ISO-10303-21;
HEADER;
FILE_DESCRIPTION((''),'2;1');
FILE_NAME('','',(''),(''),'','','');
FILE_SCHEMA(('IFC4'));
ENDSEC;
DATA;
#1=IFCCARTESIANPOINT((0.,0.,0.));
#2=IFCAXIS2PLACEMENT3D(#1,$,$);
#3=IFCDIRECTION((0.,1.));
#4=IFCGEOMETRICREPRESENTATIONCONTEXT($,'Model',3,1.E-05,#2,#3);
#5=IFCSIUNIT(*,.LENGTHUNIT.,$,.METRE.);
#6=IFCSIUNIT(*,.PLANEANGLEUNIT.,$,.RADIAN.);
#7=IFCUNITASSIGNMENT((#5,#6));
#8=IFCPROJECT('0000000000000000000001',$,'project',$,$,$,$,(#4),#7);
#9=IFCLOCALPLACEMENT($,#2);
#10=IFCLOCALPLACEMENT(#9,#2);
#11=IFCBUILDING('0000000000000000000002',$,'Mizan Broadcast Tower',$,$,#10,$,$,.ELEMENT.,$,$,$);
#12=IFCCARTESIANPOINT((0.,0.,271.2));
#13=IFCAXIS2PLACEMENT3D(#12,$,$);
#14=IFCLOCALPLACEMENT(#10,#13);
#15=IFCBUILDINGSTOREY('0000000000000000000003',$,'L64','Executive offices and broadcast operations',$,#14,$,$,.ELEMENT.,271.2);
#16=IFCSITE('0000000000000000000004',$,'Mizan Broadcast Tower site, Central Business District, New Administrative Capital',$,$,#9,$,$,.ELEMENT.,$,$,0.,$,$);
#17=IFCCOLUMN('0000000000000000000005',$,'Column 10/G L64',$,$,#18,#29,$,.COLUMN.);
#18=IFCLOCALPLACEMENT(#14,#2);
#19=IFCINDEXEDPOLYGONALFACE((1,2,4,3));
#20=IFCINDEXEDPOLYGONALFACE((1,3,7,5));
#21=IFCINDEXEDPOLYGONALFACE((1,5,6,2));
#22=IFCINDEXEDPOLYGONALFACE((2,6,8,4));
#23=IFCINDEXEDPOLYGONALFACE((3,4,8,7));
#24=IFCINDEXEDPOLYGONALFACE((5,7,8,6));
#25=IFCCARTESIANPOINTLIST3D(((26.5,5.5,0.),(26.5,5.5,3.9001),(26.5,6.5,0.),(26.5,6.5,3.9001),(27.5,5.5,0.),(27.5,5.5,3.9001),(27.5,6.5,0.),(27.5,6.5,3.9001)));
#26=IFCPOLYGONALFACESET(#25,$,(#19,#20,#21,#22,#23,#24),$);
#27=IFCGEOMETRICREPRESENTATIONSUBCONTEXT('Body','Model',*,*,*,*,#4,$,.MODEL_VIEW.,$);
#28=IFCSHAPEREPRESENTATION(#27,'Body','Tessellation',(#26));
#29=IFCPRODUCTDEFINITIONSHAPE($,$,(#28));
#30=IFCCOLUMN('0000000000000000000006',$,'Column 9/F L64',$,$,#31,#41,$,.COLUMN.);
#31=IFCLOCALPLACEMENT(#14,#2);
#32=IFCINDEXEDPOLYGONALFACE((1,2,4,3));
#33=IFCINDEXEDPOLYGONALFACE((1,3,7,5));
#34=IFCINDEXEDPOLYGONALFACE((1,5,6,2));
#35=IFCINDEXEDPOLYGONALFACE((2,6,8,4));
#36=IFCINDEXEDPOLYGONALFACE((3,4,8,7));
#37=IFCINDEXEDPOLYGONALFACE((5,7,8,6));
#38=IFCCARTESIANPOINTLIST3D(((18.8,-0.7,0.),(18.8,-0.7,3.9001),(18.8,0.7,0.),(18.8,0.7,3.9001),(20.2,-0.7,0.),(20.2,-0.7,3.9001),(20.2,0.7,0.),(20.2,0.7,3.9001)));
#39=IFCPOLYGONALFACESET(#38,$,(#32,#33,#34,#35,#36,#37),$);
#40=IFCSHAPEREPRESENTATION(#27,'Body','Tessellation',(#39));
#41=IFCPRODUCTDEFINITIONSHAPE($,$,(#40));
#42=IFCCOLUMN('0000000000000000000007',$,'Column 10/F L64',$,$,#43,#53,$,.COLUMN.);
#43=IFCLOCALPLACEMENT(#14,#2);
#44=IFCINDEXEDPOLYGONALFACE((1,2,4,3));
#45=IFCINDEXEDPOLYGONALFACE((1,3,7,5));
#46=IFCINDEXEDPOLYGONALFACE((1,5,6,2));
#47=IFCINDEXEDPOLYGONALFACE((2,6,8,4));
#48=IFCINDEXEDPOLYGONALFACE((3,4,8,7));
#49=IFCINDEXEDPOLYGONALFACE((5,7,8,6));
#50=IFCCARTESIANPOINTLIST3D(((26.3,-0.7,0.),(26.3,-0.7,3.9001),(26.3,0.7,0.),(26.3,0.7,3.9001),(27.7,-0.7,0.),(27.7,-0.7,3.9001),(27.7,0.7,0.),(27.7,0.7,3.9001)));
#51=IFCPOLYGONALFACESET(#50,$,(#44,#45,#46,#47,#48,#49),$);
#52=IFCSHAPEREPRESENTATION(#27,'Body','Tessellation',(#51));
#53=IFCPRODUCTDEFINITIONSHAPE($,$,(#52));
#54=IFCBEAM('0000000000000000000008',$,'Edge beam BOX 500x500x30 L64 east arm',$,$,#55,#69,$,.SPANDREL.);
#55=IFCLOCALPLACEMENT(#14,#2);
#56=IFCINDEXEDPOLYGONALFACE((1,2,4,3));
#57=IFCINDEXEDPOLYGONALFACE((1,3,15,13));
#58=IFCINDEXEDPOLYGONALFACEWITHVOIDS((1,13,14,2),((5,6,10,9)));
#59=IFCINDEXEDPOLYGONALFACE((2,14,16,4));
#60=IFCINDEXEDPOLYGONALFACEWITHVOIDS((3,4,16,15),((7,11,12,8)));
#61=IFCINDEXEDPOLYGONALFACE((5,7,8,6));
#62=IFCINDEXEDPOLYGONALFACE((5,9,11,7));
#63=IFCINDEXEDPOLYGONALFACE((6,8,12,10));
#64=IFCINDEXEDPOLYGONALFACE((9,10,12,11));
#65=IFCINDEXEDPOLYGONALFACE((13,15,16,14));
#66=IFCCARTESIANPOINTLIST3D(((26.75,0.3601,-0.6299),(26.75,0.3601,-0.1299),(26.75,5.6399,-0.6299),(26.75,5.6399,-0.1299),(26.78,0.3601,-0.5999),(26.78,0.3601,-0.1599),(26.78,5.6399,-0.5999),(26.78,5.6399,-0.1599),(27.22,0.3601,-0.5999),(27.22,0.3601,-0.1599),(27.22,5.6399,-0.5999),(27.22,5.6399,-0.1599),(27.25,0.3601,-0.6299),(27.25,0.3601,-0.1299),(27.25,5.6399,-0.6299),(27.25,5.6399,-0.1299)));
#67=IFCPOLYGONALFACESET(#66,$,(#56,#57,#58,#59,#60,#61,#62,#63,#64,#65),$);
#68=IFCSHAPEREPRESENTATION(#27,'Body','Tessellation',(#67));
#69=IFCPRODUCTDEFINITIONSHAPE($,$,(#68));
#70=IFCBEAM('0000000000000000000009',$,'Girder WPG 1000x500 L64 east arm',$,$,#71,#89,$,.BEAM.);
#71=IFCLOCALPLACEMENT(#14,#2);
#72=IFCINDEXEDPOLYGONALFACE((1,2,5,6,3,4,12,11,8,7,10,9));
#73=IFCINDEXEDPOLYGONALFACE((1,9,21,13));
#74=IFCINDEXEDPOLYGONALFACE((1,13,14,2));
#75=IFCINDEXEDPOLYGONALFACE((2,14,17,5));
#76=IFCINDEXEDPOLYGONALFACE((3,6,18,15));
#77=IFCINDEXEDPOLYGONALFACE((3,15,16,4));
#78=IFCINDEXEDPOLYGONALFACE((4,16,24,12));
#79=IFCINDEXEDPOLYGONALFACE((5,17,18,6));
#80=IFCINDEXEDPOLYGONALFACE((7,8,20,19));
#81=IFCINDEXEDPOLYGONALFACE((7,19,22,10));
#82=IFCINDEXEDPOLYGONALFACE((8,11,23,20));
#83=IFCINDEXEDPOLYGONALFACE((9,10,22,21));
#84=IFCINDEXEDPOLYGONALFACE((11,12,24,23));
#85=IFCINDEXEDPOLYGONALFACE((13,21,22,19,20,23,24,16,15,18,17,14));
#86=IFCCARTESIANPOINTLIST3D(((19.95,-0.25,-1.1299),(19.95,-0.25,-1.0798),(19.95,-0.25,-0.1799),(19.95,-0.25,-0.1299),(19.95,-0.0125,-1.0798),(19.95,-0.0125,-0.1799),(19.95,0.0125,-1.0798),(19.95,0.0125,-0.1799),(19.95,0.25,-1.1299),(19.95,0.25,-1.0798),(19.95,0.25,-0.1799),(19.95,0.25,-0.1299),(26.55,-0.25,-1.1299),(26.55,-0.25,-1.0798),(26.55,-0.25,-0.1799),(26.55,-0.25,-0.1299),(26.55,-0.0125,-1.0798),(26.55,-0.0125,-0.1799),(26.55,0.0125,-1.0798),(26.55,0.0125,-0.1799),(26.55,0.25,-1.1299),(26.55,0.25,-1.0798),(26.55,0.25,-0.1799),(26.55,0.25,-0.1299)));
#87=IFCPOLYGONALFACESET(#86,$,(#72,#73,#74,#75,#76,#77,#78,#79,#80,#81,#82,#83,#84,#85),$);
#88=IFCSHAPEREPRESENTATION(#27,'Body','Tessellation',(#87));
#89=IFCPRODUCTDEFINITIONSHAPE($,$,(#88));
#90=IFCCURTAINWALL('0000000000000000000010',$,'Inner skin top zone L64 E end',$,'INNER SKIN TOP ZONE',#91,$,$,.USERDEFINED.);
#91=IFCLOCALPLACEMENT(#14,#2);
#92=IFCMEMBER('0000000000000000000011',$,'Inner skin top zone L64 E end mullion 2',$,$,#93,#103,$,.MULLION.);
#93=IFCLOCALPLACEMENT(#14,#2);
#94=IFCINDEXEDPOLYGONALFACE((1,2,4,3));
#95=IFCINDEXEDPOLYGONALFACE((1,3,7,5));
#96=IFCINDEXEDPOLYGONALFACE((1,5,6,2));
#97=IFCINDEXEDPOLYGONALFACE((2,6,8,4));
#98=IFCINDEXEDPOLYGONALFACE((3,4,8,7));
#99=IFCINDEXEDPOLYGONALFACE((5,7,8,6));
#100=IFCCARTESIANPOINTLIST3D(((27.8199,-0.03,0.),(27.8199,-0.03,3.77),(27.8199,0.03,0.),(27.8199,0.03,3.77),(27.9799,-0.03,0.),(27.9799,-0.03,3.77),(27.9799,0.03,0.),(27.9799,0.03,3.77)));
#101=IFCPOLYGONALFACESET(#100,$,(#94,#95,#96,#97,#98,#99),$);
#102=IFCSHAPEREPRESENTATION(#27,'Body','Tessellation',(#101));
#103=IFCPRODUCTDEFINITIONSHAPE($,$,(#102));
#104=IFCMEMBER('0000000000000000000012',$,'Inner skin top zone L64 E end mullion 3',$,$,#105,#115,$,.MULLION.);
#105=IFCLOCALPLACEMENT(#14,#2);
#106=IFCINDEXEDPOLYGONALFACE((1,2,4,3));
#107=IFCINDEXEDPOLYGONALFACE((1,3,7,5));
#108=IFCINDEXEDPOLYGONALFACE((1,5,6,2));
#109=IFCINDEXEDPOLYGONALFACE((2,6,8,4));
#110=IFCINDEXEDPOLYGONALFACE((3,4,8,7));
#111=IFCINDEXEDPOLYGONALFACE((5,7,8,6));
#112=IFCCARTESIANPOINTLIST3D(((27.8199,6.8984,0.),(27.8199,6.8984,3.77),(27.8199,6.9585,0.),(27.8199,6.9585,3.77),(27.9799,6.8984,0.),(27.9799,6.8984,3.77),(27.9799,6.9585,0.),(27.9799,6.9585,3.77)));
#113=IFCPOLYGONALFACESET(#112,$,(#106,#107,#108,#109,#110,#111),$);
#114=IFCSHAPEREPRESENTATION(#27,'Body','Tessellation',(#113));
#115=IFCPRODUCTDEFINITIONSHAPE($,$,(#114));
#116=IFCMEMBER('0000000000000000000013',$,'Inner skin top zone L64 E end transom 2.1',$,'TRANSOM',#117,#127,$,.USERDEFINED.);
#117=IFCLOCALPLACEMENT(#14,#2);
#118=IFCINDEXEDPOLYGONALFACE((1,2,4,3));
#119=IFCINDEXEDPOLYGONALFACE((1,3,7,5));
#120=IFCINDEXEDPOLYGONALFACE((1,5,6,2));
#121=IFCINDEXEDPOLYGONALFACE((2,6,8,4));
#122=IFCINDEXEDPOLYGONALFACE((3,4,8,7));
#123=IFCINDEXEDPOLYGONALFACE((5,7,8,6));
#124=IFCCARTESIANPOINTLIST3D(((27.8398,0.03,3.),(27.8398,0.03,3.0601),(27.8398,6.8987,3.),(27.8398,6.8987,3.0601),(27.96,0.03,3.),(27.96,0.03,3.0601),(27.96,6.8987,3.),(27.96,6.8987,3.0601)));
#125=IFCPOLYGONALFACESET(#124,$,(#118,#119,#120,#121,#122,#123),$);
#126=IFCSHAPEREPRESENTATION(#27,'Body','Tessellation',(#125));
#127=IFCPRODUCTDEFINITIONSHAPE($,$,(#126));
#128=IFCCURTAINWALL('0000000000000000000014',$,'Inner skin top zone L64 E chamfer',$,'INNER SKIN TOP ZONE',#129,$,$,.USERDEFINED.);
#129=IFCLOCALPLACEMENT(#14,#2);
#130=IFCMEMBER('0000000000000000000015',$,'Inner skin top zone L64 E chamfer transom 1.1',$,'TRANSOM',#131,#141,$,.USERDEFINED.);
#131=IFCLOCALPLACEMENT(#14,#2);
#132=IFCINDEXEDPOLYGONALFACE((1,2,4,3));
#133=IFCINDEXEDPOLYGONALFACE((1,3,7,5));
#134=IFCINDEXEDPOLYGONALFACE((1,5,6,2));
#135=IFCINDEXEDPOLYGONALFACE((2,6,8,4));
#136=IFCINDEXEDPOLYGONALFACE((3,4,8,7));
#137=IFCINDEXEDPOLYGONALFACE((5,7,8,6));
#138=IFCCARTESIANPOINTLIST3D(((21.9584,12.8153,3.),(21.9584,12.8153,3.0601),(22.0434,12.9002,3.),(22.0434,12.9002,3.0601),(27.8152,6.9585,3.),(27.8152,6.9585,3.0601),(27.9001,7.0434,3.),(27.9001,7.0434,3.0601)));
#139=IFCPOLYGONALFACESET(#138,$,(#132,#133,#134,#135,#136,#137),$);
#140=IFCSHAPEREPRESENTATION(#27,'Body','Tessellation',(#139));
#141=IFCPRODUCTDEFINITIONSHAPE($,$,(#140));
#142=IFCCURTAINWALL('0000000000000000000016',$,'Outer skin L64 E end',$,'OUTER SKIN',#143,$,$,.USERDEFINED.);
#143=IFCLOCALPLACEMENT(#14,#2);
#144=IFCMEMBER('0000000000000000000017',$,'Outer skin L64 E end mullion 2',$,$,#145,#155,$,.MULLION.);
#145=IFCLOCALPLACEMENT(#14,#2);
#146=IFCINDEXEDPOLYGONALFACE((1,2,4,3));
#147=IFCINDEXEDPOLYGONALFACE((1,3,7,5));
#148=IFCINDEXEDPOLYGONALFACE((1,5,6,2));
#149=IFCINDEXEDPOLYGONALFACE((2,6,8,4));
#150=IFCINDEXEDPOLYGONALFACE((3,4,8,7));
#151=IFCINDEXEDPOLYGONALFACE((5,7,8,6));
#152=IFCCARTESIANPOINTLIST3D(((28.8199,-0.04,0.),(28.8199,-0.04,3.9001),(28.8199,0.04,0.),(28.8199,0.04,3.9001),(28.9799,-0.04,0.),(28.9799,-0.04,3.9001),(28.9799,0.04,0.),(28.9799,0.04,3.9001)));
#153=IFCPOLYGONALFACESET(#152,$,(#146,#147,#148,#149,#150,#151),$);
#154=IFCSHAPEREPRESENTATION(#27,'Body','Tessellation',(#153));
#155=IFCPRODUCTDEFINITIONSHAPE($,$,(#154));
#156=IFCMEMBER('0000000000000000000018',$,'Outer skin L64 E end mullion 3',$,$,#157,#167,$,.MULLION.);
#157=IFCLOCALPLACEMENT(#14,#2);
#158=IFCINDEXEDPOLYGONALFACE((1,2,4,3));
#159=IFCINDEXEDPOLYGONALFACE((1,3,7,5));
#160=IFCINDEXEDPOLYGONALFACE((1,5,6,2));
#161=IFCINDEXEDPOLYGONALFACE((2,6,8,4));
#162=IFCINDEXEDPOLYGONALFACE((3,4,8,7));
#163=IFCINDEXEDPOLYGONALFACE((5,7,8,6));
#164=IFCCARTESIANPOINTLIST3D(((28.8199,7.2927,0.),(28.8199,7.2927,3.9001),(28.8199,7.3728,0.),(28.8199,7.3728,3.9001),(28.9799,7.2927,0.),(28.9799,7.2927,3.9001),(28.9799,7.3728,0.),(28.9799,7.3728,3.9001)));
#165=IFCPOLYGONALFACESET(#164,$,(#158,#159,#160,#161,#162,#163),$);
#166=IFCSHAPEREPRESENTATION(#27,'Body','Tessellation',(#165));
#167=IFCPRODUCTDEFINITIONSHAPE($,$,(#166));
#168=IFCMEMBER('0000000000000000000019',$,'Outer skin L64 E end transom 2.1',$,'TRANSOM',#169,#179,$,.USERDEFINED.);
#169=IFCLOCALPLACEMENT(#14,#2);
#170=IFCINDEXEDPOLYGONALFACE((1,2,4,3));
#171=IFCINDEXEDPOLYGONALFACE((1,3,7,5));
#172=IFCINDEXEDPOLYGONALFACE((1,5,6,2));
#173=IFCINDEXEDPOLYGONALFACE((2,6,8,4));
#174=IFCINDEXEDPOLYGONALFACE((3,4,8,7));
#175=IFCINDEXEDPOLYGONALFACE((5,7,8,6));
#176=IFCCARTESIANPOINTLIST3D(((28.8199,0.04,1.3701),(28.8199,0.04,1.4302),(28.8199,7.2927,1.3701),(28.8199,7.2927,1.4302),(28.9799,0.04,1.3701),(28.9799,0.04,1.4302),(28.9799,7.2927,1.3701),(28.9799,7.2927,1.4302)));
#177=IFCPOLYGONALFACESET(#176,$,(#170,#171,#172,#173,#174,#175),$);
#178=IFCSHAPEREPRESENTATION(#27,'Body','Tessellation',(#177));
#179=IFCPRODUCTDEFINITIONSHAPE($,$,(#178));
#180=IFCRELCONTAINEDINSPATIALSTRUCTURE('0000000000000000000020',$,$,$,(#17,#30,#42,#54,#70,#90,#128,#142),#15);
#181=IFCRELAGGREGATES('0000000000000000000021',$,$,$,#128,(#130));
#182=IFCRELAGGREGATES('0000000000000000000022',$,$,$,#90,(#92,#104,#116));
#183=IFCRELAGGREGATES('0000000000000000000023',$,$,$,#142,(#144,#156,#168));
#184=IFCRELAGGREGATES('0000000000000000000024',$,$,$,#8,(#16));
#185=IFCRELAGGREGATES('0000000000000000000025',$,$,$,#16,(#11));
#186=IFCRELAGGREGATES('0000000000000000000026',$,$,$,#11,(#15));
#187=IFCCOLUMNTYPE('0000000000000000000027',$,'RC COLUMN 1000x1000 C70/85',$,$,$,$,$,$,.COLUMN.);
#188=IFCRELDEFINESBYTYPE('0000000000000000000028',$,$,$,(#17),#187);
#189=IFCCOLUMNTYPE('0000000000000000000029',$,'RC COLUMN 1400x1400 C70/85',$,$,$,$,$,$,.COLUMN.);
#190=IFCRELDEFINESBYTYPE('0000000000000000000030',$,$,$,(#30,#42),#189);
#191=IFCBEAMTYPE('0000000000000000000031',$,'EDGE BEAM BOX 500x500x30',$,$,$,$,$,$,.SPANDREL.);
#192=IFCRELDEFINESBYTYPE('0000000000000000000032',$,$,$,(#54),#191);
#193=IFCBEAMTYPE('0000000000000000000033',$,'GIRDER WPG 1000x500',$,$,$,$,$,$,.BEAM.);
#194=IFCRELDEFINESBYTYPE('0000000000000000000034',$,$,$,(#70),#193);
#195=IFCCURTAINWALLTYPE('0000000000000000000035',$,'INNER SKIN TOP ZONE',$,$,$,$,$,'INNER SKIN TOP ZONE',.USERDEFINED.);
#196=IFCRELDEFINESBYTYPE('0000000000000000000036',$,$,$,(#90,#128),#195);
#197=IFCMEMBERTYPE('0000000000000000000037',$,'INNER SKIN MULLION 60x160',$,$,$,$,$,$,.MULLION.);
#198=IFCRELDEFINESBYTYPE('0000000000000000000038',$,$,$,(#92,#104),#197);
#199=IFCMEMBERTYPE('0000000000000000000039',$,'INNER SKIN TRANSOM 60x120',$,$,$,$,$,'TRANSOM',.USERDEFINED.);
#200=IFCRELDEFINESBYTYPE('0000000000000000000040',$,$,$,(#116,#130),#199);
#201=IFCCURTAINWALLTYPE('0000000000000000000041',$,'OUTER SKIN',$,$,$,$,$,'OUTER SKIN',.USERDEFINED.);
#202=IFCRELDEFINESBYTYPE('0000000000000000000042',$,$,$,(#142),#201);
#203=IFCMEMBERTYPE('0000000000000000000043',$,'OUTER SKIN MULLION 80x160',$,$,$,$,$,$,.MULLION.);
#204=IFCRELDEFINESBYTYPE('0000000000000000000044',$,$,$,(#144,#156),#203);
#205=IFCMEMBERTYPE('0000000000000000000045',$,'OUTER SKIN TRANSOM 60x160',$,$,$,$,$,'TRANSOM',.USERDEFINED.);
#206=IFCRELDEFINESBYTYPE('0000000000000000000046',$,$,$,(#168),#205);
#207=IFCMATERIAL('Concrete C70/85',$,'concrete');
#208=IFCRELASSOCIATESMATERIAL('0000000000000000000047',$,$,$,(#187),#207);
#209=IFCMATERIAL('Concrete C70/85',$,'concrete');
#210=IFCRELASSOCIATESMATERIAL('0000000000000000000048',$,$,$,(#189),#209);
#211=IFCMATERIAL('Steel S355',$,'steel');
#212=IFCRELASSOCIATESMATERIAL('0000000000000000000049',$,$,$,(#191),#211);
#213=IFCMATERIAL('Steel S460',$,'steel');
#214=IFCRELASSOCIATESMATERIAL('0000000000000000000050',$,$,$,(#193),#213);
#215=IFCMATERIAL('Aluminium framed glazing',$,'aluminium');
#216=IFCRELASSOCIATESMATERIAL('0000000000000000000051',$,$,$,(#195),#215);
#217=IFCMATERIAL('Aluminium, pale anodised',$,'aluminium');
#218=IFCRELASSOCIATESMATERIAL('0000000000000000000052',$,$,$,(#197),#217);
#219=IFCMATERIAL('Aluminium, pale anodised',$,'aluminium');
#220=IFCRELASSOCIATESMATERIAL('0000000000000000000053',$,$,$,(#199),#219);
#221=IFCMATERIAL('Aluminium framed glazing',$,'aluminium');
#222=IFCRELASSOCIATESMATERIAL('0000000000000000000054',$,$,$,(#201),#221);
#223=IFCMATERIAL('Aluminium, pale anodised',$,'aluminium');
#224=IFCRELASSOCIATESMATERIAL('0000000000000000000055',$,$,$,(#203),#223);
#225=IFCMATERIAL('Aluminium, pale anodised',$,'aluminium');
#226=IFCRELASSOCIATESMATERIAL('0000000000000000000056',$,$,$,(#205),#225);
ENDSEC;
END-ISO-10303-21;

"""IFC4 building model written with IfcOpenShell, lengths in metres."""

from ifc_helpers import new_model, si_unit, direction, frame, origin, origin_2d, place, context, subcontext, project, spatial, rectangle, hollow_rectangle, i_section, extrude, material, material_profile, profile_set, type_object, element, aggregate, save


model = new_model("IFC4")

# Units and contexts
model_context = context("Model", 3, precision=1e-05, world=origin(), true_north=direction((0.0, 1.0)))
body_context = subcontext(model_context, "Body", "Model", "MODEL_VIEW")
ifc_project = project(units=[si_unit("LENGTHUNIT", "METRE"), si_unit("PLANEANGLEUNIT", "RADIAN")], contexts=[model_context])

# Site, building, storey
site_placement = place(None, origin())
site = spatial("IfcSite", under=ifc_project, at=site_placement, Name="Mizan Broadcast Tower site, Central Business District, New Administrative Capital", CompositionType="ELEMENT", RefElevation=0.0)
building_placement = place(site_placement, origin())
building = spatial("IfcBuilding", under=site, at=building_placement, Name="Mizan Broadcast Tower", CompositionType="ELEMENT")
storey_placement = place(building_placement, frame((0.0, 0.0, 271.2)))
storey = spatial("IfcBuildingStorey", under=building, at=storey_placement, Name="L64", Description="Executive offices and broadcast operations", CompositionType="ELEMENT", Elevation=271.2)

# Columns
ifc_material_1 = material(Name="Concrete C70/85", Category="concrete")
ifc_material_profile_1 = material_profile(ifc_material_1, rectangle(XDim=1.0, YDim=1.0, at=origin_2d()), Name="RC 1000x1000")
ifc_profile_set_1 = profile_set([ifc_material_profile_1], Name="Concrete C70/85")
column_type_1 = type_object("IfcColumnType", Name="RC COLUMN 1000x1000 C70/85", PredefinedType="COLUMN", material=ifc_profile_set_1)
column_placement = place(storey_placement, frame((27.0, 6.0, 0.0), z_axis=(0.0, 0.0, 1.0), x_axis=(1.0, 0.0, 0.0)))
element("IfcColumn", 1, at=column_placement, inside=storey, type_object=column_type_1, Name="Column 10/G L64", PredefinedType="COLUMN", context=body_context, shape_type="SweptSolid", body=[
    extrude(rectangle(XDim=1.0, YDim=1.0, at=origin_2d()), origin(), (0.0, 0.0, 1.0), 3.9001),
])
ifc_material_2 = material(Name="Concrete C70/85", Category="concrete")
ifc_material_profile_2 = material_profile(ifc_material_2, rectangle(XDim=1.3999, YDim=1.3999, at=origin_2d()), Name="RC 1400x1400")
ifc_profile_set_2 = profile_set([ifc_material_profile_2], Name="Concrete C70/85")
column_type_2 = type_object("IfcColumnType", Name="RC COLUMN 1400x1400 C70/85", PredefinedType="COLUMN", material=ifc_profile_set_2)
for number, where, z_axis, x_axis, name in (
    (2, (19.5, 0.0, 0.0), (0.0, 0.0, 1.0), (1.0, 0.0, 0.0), "Column 9/F L64"),
    (3, (27.0, 0.0, 0.0), (0.0, 0.0, 1.0), (1.0, 0.0, 0.0), "Column 10/F L64"),
):
    element("IfcColumn", number, at=place(storey_placement, frame(where, z_axis=z_axis, x_axis=x_axis)), inside=storey, type_object=column_type_2, Name=name, PredefinedType="COLUMN", context=body_context, shape_type="SweptSolid", body=[
        extrude(rectangle(XDim=1.3999, YDim=1.3999, at=origin_2d()), origin(), (0.0, 0.0, 1.0), 3.9001),
    ])

# Beams
ifc_material_3 = material(Name="Steel S355", Category="steel")
ifc_material_profile_3 = material_profile(ifc_material_3, hollow_rectangle(XDim=0.5, YDim=0.5, WallThickness=0.03, at=origin_2d()), Name="BOX 500x500x30")
ifc_profile_set_3 = profile_set([ifc_material_profile_3], Name="Steel S355")
beam_type_1 = type_object("IfcBeamType", Name="EDGE BEAM BOX 500x500x30", PredefinedType="SPANDREL", material=ifc_profile_set_3)
beam_1_placement = place(storey_placement, frame((27.0, 5.6399, -0.3799), z_axis=(0.0, -1.0, 0.0), x_axis=(1.0, 0.0, 0.0)))
element("IfcBeam", 4, at=beam_1_placement, inside=storey, type_object=beam_type_1, Name="Edge beam BOX 500x500x30 L64 east arm", PredefinedType="SPANDREL", context=body_context, shape_type="SweptSolid", body=[
    extrude(hollow_rectangle(XDim=0.5, YDim=0.5, WallThickness=0.03, at=origin_2d()), origin(), (0.0, 0.0, 1.0), 5.2798),
])
ifc_material_4 = material(Name="Steel S460", Category="steel")
ifc_material_profile_4 = material_profile(ifc_material_4, i_section(OverallWidth=0.5, OverallDepth=1.0, WebThickness=0.0249, FlangeThickness=0.05, at=origin_2d()), Name="WPG 1000x500")
ifc_profile_set_4 = profile_set([ifc_material_profile_4], Name="Steel S460")
beam_type_2 = type_object("IfcBeamType", Name="GIRDER WPG 1000x500", PredefinedType="BEAM", material=ifc_profile_set_4)
beam_2_placement = place(storey_placement, frame((19.95, 0.0, -0.6299), z_axis=(1.0, 0.0, 0.0), x_axis=(0.0, 1.0, 0.0)))
element("IfcBeam", 5, at=beam_2_placement, inside=storey, type_object=beam_type_2, Name="Girder WPG 1000x500 L64 east arm", PredefinedType="BEAM", context=body_context, shape_type="SweptSolid", body=[
    extrude(i_section(OverallWidth=0.5, OverallDepth=1.0, WebThickness=0.0249, FlangeThickness=0.05, at=origin_2d()), origin(), (0.0, 0.0, 1.0), 6.6001),
])

# Curtain wall, members
ifc_material_5 = material(Name="Aluminium framed glazing", Category="aluminium")
curtain_wall_type_1 = type_object("IfcCurtainWallType", Name="INNER SKIN TOP ZONE", ElementType="INNER SKIN TOP ZONE", PredefinedType="USERDEFINED", material=ifc_material_5)
curtain_wall_1_placement = place(storey_placement, origin())
curtain_wall_1 = element("IfcCurtainWall", 6, at=curtain_wall_1_placement, inside=storey, type_object=curtain_wall_type_1, Name="Inner skin top zone L64 E end", ObjectType="INNER SKIN TOP ZONE", PredefinedType="USERDEFINED")
ifc_material_6 = material(Name="Aluminium, pale anodised", Category="aluminium")
ifc_material_profile_5 = material_profile(ifc_material_6, rectangle(XDim=0.1599, YDim=0.0601, at=origin_2d()), Name="MULLION 160x60")
ifc_profile_set_5 = profile_set([ifc_material_profile_5], Name="Aluminium, pale anodised")
member_type_1 = type_object("IfcMemberType", Name="INNER SKIN MULLION 60x160", PredefinedType="MULLION", material=ifc_profile_set_5)
member_1_placement = place(storey_placement, frame((27.8999, 0.0, 0.0), z_axis=(0.0, 0.0, 1.0), x_axis=(-1.0, 0.0, 0.0)))
member_1 = element("IfcMember", 7, at=member_1_placement, type_object=member_type_1, Name="Inner skin top zone L64 E end mullion 2", PredefinedType="MULLION", context=body_context, shape_type="SweptSolid", body=[
    extrude(rectangle(XDim=0.1599, YDim=0.0601, at=origin_2d()), origin(), (0.0, 0.0, 1.0), 3.77),
])
member_2_placement = place(storey_placement, frame((27.8999, 6.9285, 0.0), z_axis=(0.0, 0.0, 1.0), x_axis=(-1.0, 0.0, 0.0)))
member_2 = element("IfcMember", 8, at=member_2_placement, type_object=member_type_1, Name="Inner skin top zone L64 E end mullion 3", PredefinedType="MULLION", context=body_context, shape_type="SweptSolid", body=[
    extrude(rectangle(XDim=0.1599, YDim=0.0601, at=origin_2d()), origin(), (0.0, 0.0, 1.0), 3.77),
])
ifc_material_7 = material(Name="Aluminium, pale anodised", Category="aluminium")
ifc_material_profile_6 = material_profile(ifc_material_7, rectangle(XDim=0.1201, YDim=0.0601, at=origin_2d()), Name="TRANSOM 120x60")
ifc_profile_set_6 = profile_set([ifc_material_profile_6], Name="Aluminium, pale anodised")
member_type_2 = type_object("IfcMemberType", Name="INNER SKIN TRANSOM 60x120", ElementType="TRANSOM", PredefinedType="USERDEFINED", material=ifc_profile_set_6)
member_3_placement = place(storey_placement, frame((27.8999, 0.03, 3.03), z_axis=(0.0, 1.0, 0.0), x_axis=(-1.0, 0.0, 0.0)))
member_3 = element("IfcMember", 9, at=member_3_placement, type_object=member_type_2, Name="Inner skin top zone L64 E end transom 2.1", ObjectType="TRANSOM", PredefinedType="USERDEFINED", context=body_context, shape_type="SweptSolid", body=[
    extrude(rectangle(XDim=0.1201, YDim=0.0601, at=origin_2d()), origin(), (0.0, 0.0, 1.0), 6.8687),
])

# Curtain wall, member
curtain_wall_2_placement = place(storey_placement, origin())
curtain_wall_2 = element("IfcCurtainWall", 10, at=curtain_wall_2_placement, inside=storey, type_object=curtain_wall_type_1, Name="Inner skin top zone L64 E chamfer", ObjectType="INNER SKIN TOP ZONE", PredefinedType="USERDEFINED")
member_4_placement = place(storey_placement, frame((27.8577, 7.001, 3.03), z_axis=(-0.707107, 0.707107, 0.0), x_axis=(-0.707107, -0.707107, 0.0)))
member_4 = element("IfcMember", 11, at=member_4_placement, type_object=member_type_2, Name="Inner skin top zone L64 E chamfer transom 1.1", ObjectType="TRANSOM", PredefinedType="USERDEFINED", context=body_context, shape_type="SweptSolid", body=[
    extrude(rectangle(XDim=0.1201, YDim=0.0601, at=origin_2d()), origin(), (0.0, 0.0, 1.0), 8.2827),
])
aggregate(curtain_wall_2, [member_4])

# Curtain wall, members
ifc_material_8 = material(Name="Aluminium framed glazing", Category="aluminium")
curtain_wall_type_2 = type_object("IfcCurtainWallType", Name="OUTER SKIN", ElementType="OUTER SKIN", PredefinedType="USERDEFINED", material=ifc_material_8)
curtain_wall_3_placement = place(storey_placement, origin())
curtain_wall_3 = element("IfcCurtainWall", 12, at=curtain_wall_3_placement, inside=storey, type_object=curtain_wall_type_2, Name="Outer skin L64 E end", ObjectType="OUTER SKIN", PredefinedType="USERDEFINED")
ifc_material_9 = material(Name="Aluminium, pale anodised", Category="aluminium")
ifc_material_profile_7 = material_profile(ifc_material_9, rectangle(XDim=0.1599, YDim=0.0801, at=origin_2d()), Name="MULLION 160x80")
ifc_profile_set_7 = profile_set([ifc_material_profile_7], Name="Aluminium, pale anodised")
member_type_3 = type_object("IfcMemberType", Name="OUTER SKIN MULLION 80x160", PredefinedType="MULLION", material=ifc_profile_set_7)
member_5_placement = place(storey_placement, frame((28.8999, 0.0, 0.0), z_axis=(0.0, 0.0, 1.0), x_axis=(-1.0, 0.0, 0.0)))
member_5 = element("IfcMember", 13, at=member_5_placement, type_object=member_type_3, Name="Outer skin L64 E end mullion 2", PredefinedType="MULLION", context=body_context, shape_type="SweptSolid", body=[
    extrude(rectangle(XDim=0.1599, YDim=0.0801, at=origin_2d()), origin(), (0.0, 0.0, 1.0), 3.9001),
])
member_6_placement = place(storey_placement, frame((28.8999, 7.3328, 0.0), z_axis=(0.0, 0.0, 1.0), x_axis=(-1.0, 0.0, 0.0)))
member_6 = element("IfcMember", 14, at=member_6_placement, type_object=member_type_3, Name="Outer skin L64 E end mullion 3", PredefinedType="MULLION", context=body_context, shape_type="SweptSolid", body=[
    extrude(rectangle(XDim=0.1599, YDim=0.0801, at=origin_2d()), origin(), (0.0, 0.0, 1.0), 3.9001),
])
ifc_material_10 = material(Name="Aluminium, pale anodised", Category="aluminium")
ifc_material_profile_8 = material_profile(ifc_material_10, rectangle(XDim=0.1599, YDim=0.0601, at=origin_2d()), Name="TRANSOM 160x60")
ifc_profile_set_8 = profile_set([ifc_material_profile_8], Name="Aluminium, pale anodised")
member_type_4 = type_object("IfcMemberType", Name="OUTER SKIN TRANSOM 60x160", ElementType="TRANSOM", PredefinedType="USERDEFINED", material=ifc_profile_set_8)
member_7_placement = place(storey_placement, frame((28.8999, 0.04, 1.4001), z_axis=(0.0, 1.0, 0.0), x_axis=(-1.0, 0.0, 0.0)))
member_7 = element("IfcMember", 15, at=member_7_placement, type_object=member_type_4, Name="Outer skin L64 E end transom 2.1", ObjectType="TRANSOM", PredefinedType="USERDEFINED", context=body_context, shape_type="SweptSolid", body=[
    extrude(rectangle(XDim=0.1599, YDim=0.0601, at=origin_2d()), origin(), (0.0, 0.0, 1.0), 7.2527),
])

aggregate(curtain_wall_1, [member_1, member_2, member_3])
aggregate(curtain_wall_3, [member_5, member_6, member_7])

save(model, "model.ifc")
